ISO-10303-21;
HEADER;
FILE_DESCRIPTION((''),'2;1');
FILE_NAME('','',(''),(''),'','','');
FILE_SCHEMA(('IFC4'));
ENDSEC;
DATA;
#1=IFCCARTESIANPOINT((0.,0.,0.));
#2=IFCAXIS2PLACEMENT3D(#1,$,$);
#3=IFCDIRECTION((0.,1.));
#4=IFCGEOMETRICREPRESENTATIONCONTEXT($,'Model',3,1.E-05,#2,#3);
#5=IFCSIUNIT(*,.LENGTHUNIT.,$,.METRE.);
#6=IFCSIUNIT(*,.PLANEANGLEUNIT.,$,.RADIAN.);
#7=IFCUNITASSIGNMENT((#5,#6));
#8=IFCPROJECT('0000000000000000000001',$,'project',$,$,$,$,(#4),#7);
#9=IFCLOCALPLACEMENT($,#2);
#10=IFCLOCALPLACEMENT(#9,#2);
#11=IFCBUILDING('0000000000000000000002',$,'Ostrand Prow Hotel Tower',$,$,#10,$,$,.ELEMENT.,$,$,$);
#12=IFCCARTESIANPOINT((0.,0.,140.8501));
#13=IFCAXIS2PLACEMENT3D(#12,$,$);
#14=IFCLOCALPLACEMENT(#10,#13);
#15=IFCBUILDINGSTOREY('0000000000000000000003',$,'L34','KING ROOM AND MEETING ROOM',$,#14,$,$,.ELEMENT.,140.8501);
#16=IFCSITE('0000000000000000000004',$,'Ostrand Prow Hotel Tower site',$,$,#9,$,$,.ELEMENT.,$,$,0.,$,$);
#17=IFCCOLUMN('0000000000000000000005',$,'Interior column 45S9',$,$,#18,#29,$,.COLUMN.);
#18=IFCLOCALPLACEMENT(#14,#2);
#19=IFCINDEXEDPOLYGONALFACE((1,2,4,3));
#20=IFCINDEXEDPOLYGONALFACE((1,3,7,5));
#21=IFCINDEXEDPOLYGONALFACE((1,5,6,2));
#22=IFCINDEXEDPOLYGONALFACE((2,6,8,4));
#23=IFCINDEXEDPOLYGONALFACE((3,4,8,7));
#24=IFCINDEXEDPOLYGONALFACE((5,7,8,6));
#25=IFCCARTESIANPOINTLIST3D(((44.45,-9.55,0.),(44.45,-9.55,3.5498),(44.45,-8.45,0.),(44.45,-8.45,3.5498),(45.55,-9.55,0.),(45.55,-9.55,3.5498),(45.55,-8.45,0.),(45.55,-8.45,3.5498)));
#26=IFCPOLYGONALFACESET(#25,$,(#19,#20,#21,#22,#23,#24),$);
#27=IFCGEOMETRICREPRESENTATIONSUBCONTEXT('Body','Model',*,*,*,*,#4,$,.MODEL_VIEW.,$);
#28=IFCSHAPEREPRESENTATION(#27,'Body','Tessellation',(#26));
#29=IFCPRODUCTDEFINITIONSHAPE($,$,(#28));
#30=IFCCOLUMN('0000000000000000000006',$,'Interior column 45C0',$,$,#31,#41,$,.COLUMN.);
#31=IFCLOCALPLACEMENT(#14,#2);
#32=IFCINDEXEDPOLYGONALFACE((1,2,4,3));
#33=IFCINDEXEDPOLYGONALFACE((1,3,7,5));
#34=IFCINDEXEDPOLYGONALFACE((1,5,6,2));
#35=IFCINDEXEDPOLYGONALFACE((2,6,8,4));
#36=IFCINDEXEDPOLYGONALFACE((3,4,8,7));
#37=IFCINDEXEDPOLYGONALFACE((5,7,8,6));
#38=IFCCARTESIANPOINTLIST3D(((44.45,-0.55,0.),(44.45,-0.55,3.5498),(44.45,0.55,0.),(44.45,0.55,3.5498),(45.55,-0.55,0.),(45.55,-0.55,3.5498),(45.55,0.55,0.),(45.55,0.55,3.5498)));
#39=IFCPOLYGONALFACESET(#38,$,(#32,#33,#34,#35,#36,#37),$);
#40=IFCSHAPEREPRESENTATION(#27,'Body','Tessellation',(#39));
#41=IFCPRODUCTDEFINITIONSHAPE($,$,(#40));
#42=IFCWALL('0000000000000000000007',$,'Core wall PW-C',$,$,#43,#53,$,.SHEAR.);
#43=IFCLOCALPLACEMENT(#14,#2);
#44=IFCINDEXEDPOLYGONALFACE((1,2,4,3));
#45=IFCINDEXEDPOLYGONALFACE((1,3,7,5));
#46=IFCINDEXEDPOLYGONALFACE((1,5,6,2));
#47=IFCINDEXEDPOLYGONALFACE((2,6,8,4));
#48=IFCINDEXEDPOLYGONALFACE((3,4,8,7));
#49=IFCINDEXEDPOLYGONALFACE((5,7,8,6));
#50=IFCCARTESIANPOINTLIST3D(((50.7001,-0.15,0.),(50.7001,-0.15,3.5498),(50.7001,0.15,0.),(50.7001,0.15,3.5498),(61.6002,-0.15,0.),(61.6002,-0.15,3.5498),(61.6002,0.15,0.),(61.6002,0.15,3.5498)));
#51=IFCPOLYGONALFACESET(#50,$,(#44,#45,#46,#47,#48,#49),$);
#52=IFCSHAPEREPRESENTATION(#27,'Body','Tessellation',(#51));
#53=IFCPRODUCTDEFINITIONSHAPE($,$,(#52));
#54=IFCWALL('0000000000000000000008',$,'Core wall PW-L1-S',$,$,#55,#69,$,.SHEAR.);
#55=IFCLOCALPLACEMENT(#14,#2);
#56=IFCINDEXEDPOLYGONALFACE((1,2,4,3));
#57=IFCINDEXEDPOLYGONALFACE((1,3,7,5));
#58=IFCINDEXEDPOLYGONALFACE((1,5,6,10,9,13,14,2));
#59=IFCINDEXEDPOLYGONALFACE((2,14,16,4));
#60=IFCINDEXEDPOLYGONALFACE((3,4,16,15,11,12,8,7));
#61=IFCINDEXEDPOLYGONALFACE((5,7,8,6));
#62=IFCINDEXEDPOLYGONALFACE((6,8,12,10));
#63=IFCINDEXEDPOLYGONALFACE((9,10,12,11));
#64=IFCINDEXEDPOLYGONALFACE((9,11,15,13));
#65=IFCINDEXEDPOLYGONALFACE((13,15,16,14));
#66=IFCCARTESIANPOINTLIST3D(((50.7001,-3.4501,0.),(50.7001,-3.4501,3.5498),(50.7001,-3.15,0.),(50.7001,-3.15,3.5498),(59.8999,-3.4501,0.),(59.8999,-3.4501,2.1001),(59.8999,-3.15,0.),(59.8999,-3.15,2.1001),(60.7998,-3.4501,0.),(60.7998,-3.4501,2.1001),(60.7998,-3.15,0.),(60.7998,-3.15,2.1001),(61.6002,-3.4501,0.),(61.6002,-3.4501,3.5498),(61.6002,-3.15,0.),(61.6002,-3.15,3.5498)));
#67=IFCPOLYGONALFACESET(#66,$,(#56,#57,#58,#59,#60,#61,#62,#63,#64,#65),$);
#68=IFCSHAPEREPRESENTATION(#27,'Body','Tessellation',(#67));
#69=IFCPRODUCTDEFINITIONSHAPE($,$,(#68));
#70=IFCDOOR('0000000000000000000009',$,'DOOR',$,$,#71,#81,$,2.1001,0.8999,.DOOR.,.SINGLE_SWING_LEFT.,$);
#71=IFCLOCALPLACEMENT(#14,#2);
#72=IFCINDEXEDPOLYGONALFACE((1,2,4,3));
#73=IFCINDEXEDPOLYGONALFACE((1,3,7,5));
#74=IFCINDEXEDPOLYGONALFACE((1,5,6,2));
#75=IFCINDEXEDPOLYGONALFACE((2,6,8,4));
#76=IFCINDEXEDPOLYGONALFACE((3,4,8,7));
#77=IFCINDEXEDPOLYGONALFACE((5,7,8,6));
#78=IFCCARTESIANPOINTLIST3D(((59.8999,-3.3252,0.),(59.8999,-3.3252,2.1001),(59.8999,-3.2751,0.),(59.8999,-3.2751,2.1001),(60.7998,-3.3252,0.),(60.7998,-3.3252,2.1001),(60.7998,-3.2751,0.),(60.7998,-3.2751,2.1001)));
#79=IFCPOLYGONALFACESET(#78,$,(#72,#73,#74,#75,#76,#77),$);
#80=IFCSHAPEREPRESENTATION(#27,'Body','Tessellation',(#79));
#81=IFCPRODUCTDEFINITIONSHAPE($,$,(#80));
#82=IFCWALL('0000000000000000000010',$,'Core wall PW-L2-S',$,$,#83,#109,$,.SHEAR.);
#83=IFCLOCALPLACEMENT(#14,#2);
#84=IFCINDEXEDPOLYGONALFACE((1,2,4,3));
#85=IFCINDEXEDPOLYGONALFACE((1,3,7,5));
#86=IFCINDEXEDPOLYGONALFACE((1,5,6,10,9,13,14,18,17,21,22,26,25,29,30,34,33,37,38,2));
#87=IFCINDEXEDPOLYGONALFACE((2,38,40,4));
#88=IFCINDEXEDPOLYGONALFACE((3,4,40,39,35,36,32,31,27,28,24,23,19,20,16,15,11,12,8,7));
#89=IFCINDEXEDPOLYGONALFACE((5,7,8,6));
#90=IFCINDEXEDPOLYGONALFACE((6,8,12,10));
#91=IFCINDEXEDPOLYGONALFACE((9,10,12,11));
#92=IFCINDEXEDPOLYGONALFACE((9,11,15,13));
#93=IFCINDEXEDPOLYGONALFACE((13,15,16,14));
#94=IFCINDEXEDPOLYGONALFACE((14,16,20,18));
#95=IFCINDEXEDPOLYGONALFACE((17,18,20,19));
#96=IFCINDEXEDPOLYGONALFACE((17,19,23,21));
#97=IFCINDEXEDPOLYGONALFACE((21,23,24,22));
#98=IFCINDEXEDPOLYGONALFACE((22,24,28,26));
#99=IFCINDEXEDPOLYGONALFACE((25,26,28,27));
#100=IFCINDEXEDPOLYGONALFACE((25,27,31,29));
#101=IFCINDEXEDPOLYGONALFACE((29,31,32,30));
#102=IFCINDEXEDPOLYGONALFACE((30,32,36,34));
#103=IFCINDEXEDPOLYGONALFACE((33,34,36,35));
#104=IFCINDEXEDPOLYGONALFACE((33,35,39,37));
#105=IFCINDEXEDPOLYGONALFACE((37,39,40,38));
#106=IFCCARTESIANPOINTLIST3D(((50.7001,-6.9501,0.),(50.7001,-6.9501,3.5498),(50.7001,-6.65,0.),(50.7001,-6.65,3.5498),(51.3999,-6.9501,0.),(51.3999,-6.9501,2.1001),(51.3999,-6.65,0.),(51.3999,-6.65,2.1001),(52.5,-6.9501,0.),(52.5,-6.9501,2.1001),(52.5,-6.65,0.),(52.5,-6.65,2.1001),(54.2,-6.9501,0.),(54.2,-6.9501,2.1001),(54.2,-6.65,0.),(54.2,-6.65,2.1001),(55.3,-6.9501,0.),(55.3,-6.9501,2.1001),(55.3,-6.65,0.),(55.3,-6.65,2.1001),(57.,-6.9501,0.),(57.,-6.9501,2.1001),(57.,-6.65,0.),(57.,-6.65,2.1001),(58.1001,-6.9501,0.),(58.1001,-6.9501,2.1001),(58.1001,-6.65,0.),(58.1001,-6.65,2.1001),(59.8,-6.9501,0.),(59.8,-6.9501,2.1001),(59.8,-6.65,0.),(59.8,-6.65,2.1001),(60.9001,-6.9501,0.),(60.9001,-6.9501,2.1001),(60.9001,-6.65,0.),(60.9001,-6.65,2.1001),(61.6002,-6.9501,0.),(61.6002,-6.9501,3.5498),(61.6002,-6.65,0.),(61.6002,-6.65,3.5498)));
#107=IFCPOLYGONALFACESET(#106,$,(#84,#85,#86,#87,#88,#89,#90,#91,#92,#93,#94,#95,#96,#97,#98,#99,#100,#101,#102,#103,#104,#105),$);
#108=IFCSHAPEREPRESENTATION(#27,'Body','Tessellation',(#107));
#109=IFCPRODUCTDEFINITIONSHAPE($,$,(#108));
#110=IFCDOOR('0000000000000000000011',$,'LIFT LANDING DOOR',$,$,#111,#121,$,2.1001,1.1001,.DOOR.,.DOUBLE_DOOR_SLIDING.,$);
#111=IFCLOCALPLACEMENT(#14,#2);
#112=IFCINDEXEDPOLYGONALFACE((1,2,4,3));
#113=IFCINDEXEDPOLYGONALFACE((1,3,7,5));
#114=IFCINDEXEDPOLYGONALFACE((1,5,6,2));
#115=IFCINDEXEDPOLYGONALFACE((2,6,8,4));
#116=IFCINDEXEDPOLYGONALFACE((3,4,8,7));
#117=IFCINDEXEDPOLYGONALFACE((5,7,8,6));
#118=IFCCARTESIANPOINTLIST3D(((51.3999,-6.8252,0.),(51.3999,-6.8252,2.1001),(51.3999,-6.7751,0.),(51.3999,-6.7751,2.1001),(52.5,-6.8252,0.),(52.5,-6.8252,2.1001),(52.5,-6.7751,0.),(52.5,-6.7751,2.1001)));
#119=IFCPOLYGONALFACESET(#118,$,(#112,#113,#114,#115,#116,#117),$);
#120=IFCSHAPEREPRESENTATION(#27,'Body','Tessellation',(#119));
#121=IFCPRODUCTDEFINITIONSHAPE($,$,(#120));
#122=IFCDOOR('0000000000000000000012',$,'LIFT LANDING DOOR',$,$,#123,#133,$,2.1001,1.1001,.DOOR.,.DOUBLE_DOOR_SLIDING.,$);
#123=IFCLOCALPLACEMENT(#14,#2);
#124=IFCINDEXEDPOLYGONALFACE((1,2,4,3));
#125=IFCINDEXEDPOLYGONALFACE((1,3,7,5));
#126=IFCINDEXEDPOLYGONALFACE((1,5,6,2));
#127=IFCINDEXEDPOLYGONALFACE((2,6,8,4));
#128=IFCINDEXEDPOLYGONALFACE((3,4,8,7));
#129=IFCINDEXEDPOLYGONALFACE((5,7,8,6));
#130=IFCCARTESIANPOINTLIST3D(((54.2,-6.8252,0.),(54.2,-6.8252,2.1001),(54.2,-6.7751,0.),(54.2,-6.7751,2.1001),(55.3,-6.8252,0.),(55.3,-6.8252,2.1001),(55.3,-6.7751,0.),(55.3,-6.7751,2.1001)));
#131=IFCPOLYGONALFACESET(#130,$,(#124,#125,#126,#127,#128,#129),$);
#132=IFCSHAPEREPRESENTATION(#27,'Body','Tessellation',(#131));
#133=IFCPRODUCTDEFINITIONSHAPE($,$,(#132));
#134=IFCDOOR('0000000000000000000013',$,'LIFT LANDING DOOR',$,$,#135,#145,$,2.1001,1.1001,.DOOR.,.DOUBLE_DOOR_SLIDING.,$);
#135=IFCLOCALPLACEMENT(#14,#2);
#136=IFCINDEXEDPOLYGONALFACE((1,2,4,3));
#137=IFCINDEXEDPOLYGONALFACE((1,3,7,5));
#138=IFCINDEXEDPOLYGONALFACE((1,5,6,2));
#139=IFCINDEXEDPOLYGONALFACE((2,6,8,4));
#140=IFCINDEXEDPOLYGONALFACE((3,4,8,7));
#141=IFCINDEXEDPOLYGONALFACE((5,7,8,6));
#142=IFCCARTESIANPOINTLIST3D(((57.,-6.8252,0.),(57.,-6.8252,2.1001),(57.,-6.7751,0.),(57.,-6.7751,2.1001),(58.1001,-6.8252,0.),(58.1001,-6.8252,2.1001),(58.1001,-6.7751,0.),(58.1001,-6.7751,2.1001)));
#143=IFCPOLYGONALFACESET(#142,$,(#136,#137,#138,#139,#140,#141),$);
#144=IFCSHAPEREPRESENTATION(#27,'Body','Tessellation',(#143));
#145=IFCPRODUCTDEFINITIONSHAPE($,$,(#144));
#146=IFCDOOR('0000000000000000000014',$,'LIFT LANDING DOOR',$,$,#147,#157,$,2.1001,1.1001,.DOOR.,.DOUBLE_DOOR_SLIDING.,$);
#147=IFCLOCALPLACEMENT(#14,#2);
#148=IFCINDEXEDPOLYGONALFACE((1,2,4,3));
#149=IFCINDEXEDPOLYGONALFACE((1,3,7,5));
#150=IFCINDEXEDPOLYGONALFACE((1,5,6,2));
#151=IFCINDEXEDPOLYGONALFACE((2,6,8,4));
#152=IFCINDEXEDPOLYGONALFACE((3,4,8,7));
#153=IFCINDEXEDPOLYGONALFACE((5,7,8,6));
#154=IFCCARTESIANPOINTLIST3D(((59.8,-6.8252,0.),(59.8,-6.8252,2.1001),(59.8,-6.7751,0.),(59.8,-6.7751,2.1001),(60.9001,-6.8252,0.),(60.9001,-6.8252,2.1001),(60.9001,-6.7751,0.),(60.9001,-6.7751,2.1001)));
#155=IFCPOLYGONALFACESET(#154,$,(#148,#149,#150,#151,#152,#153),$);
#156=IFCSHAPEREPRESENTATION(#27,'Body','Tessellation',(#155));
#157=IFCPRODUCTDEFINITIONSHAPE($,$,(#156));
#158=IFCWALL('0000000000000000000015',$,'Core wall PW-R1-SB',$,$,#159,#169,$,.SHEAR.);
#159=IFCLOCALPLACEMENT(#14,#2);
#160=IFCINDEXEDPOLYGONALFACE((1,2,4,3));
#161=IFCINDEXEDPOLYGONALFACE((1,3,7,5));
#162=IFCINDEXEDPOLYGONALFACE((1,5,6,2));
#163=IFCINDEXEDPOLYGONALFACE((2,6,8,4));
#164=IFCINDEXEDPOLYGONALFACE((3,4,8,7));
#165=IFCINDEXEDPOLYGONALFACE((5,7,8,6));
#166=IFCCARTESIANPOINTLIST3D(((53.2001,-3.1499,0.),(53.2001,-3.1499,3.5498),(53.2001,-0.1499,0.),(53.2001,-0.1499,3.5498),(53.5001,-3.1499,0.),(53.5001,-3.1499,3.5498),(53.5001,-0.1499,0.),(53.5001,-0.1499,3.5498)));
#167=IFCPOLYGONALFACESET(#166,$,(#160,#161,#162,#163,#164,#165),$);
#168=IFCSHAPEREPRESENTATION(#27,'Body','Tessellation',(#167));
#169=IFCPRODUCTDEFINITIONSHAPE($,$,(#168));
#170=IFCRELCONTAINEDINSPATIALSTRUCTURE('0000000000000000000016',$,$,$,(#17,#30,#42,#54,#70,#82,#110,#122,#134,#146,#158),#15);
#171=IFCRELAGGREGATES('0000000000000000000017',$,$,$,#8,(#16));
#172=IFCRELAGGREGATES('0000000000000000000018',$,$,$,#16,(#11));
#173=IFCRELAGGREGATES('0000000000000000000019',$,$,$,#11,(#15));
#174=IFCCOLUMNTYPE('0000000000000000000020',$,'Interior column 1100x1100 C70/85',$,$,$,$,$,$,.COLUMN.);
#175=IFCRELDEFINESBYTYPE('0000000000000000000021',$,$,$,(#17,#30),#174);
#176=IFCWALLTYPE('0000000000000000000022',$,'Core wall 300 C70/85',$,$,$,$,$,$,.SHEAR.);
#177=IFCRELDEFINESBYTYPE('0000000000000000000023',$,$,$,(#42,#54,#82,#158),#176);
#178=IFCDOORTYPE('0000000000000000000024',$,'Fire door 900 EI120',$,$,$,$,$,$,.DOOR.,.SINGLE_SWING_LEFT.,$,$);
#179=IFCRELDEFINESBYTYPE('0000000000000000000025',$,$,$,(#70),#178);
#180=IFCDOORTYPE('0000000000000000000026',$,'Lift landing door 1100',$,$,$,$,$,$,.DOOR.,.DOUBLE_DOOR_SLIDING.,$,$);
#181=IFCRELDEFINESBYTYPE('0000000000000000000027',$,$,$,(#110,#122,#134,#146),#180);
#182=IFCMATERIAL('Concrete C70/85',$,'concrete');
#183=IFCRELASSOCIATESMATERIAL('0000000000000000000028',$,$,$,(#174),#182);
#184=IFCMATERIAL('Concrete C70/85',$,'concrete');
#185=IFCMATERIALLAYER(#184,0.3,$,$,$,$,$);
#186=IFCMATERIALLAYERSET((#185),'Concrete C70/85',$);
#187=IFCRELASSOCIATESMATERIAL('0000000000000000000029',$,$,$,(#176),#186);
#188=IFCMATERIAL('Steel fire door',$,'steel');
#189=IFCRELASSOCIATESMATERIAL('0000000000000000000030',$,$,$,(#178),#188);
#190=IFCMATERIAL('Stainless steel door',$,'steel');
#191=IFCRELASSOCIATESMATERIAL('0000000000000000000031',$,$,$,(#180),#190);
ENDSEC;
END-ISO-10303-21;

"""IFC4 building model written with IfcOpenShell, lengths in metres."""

from ifc_helpers import new_model, si_unit, direction, frame, frame_2d, origin, origin_2d, place, context, subcontext, project, spatial, rectangle, extrude, material, layer, layer_set, material_profile, profile_set, type_object, element, fill, save


model = new_model("IFC4")

# Units and contexts
model_context = context("Model", 3, precision=1e-05, world=origin(), true_north=direction((0.0, 1.0)))
body_context = subcontext(model_context, "Body", "Model", "MODEL_VIEW")
ifc_project = project(units=[si_unit("LENGTHUNIT", "METRE"), si_unit("PLANEANGLEUNIT", "RADIAN")], contexts=[model_context])

# Site, building, storey
site_placement = place(None, origin())
site = spatial("IfcSite", under=ifc_project, at=site_placement, Name="Ostrand Prow Hotel Tower site", CompositionType="ELEMENT", RefElevation=0.0)
building_placement = place(site_placement, origin())
building = spatial("IfcBuilding", under=site, at=building_placement, Name="Ostrand Prow Hotel Tower", CompositionType="ELEMENT")
storey_placement = place(building_placement, frame((0.0, 0.0, 140.8501)))
storey = spatial("IfcBuildingStorey", under=building, at=storey_placement, Name="L34", Description="KING ROOM AND MEETING ROOM", CompositionType="ELEMENT", Elevation=140.8501)

# Columns
ifc_material_1 = material(Name="Concrete C70/85", Category="concrete")
ifc_material_profile = material_profile(ifc_material_1, rectangle(XDim=1.1001, YDim=1.1001, at=origin_2d()), Name="RC 1100x1100")
ifc_profile_set = profile_set([ifc_material_profile], Name="Concrete C70/85")
column_type = type_object("IfcColumnType", Name="Interior column 1100x1100 C70/85", PredefinedType="COLUMN", material=ifc_profile_set)
for number, where, z_axis, x_axis, name in (
    (1, (45.0, -9.0, 0.0), (0.0, 0.0, 1.0), (1.0, 0.0, 0.0), "Interior column 45S9"),
    (2, (45.0, 0.0, 0.0), (0.0, 0.0, 1.0), (1.0, 0.0, 0.0), "Interior column 45C0"),
):
    element("IfcColumn", number, at=place(storey_placement, frame(where, z_axis=z_axis, x_axis=x_axis)), inside=storey, type_object=column_type, Name=name, PredefinedType="COLUMN", context=body_context, shape_type="SweptSolid", body=[
        extrude(rectangle(XDim=1.1001, YDim=1.1001, at=origin_2d()), origin(), (0.0, 0.0, 1.0), 3.5498),
    ])

# Wall
ifc_material_2 = material(Name="Concrete C70/85", Category="concrete")
ifc_layer_1 = layer(ifc_material_2, 0.3)
ifc_layer_set_1 = layer_set([ifc_layer_1], Name="Concrete C70/85")
wall_type_1 = type_object("IfcWallType", Name="Core wall 300 C70/85", PredefinedType="SHEAR", material=ifc_layer_set_1)
wall_1_placement = place(storey_placement, frame((50.7, 0.0, 0.0), z_axis=(0.0, 0.0, 1.0), x_axis=(1.0, 0.0, 0.0)))
element("IfcWall", 3, at=wall_1_placement, inside=storey, type_object=wall_type_1, Name="Core wall PW-C", PredefinedType="SHEAR", context=body_context, shape_type="SweptSolid", body=[
    extrude(rectangle(XDim=10.9001, YDim=0.3, at=frame_2d((5.4502, 0.0))), origin(), (0.0, 0.0, 1.0), 3.5498),
])

# Wall, opening, door
wall_2_placement = place(storey_placement, frame((50.7, -3.3, 0.0), z_axis=(0.0, 0.0, 1.0), x_axis=(1.0, 0.0, 0.0)))
wall_2 = element("IfcWall", 4, at=wall_2_placement, inside=storey, type_object=wall_type_1, Name="Core wall PW-L1-S", PredefinedType="SHEAR", context=body_context, shape_type="SweptSolid", body=[
    extrude(rectangle(XDim=10.9001, YDim=0.3, at=frame_2d((5.4502, 0.0))), origin(), (0.0, 0.0, 1.0), 3.5498),
])
opening_1_placement = place(wall_2_placement, frame((9.2, 0.0, 0.0)))
opening_1 = element("IfcOpeningElement", 5, at=opening_1_placement, cuts=wall_2, PredefinedType="OPENING", context=body_context, shape_type="SweptSolid", body=[
    extrude(rectangle(XDim=0.8999, YDim=2.1001, at=frame_2d((0.45, 1.05))), frame((0.0, 0.1599, 0.0), z_axis=(0.0, -1.0, 0.0), x_axis=(1.0, 0.0, 0.0)), (0.0, 0.0, 1.0), 0.3201),
])
ifc_material_3 = material(Name="Steel fire door", Category="steel")
door_type_1 = type_object("IfcDoorType", Name="Fire door 900 EI120", OperationType="SINGLE_SWING_LEFT", PredefinedType="DOOR", material=ifc_material_3)
door_1_placement = place(opening_1_placement, origin())
door_1 = element("IfcDoor", 6, at=door_1_placement, inside=storey, type_object=door_type_1, Name="DOOR", OperationType="SINGLE_SWING_LEFT", OverallHeight=2.1001, OverallWidth=0.8999, PredefinedType="DOOR", context=body_context, shape_type="SweptSolid", body=[
    extrude(rectangle(XDim=0.8999, YDim=2.1001, at=frame_2d((0.45, 1.05))), frame((0.0, 0.0249, 0.0), z_axis=(0.0, -1.0, 0.0), x_axis=(1.0, 0.0, 0.0)), (0.0, 0.0, 1.0), 0.05),
])
fill(opening_1, door_1)

# Wall, openings, doors
wall_3_placement = place(storey_placement, frame((50.7, -6.8, 0.0), z_axis=(0.0, 0.0, 1.0), x_axis=(1.0, 0.0, 0.0)))
wall_3 = element("IfcWall", 7, at=wall_3_placement, inside=storey, type_object=wall_type_1, Name="Core wall PW-L2-S", PredefinedType="SHEAR", context=body_context, shape_type="SweptSolid", body=[
    extrude(rectangle(XDim=10.9001, YDim=0.3, at=frame_2d((5.4502, 0.0))), origin(), (0.0, 0.0, 1.0), 3.5498),
])
opening_2_placement = place(wall_3_placement, frame((0.7, 0.0, 0.0)))
opening_2 = element("IfcOpeningElement", 8, at=opening_2_placement, cuts=wall_3, PredefinedType="OPENING", context=body_context, shape_type="SweptSolid", body=[
    extrude(rectangle(XDim=1.1001, YDim=2.1001, at=frame_2d((0.55, 1.05))), frame((0.0, 0.1599, 0.0), z_axis=(0.0, -1.0, 0.0), x_axis=(1.0, 0.0, 0.0)), (0.0, 0.0, 1.0), 0.3201),
])
opening_3_placement = place(wall_3_placement, frame((3.5, 0.0, 0.0)))
opening_3 = element("IfcOpeningElement", 9, at=opening_3_placement, cuts=wall_3, PredefinedType="OPENING", context=body_context, shape_type="SweptSolid", body=[
    extrude(rectangle(XDim=1.1001, YDim=2.1001, at=frame_2d((0.55, 1.05))), frame((0.0, 0.1599, 0.0), z_axis=(0.0, -1.0, 0.0), x_axis=(1.0, 0.0, 0.0)), (0.0, 0.0, 1.0), 0.3201),
])
opening_4_placement = place(wall_3_placement, frame((6.3, 0.0, 0.0)))
opening_4 = element("IfcOpeningElement", 10, at=opening_4_placement, cuts=wall_3, PredefinedType="OPENING", context=body_context, shape_type="SweptSolid", body=[
    extrude(rectangle(XDim=1.1001, YDim=2.1001, at=frame_2d((0.55, 1.05))), frame((0.0, 0.1599, 0.0), z_axis=(0.0, -1.0, 0.0), x_axis=(1.0, 0.0, 0.0)), (0.0, 0.0, 1.0), 0.3201),
])
opening_5_placement = place(wall_3_placement, frame((9.1001, 0.0, 0.0)))
opening_5 = element("IfcOpeningElement", 11, at=opening_5_placement, cuts=wall_3, PredefinedType="OPENING", context=body_context, shape_type="SweptSolid", body=[
    extrude(rectangle(XDim=1.1001, YDim=2.1001, at=frame_2d((0.55, 1.05))), frame((0.0, 0.1599, 0.0), z_axis=(0.0, -1.0, 0.0), x_axis=(1.0, 0.0, 0.0)), (0.0, 0.0, 1.0), 0.3201),
])
ifc_material_4 = material(Name="Stainless steel door", Category="steel")
door_type_2 = type_object("IfcDoorType", Name="Lift landing door 1100", OperationType="DOUBLE_DOOR_SLIDING", PredefinedType="DOOR", material=ifc_material_4)
door_2_placement = place(opening_2_placement, origin())
door_2 = element("IfcDoor", 12, at=door_2_placement, inside=storey, type_object=door_type_2, Name="LIFT LANDING DOOR", OperationType="DOUBLE_DOOR_SLIDING", OverallHeight=2.1001, OverallWidth=1.1001, PredefinedType="DOOR", context=body_context, shape_type="SweptSolid", body=[
    extrude(rectangle(XDim=1.1001, YDim=2.1001, at=frame_2d((0.55, 1.05))), frame((0.0, 0.0249, 0.0), z_axis=(0.0, -1.0, 0.0), x_axis=(1.0, 0.0, 0.0)), (0.0, 0.0, 1.0), 0.05),
])
fill(opening_2, door_2)
door_3_placement = place(opening_3_placement, origin())
door_3 = element("IfcDoor", 13, at=door_3_placement, inside=storey, type_object=door_type_2, Name="LIFT LANDING DOOR", OperationType="DOUBLE_DOOR_SLIDING", OverallHeight=2.1001, OverallWidth=1.1001, PredefinedType="DOOR", context=body_context, shape_type="SweptSolid", body=[
    extrude(rectangle(XDim=1.1001, YDim=2.1001, at=frame_2d((0.55, 1.05))), frame((0.0, 0.0249, 0.0), z_axis=(0.0, -1.0, 0.0), x_axis=(1.0, 0.0, 0.0)), (0.0, 0.0, 1.0), 0.05),
])
fill(opening_3, door_3)
door_4_placement = place(opening_4_placement, origin())
door_4 = element("IfcDoor", 14, at=door_4_placement, inside=storey, type_object=door_type_2, Name="LIFT LANDING DOOR", OperationType="DOUBLE_DOOR_SLIDING", OverallHeight=2.1001, OverallWidth=1.1001, PredefinedType="DOOR", context=body_context, shape_type="SweptSolid", body=[
    extrude(rectangle(XDim=1.1001, YDim=2.1001, at=frame_2d((0.55, 1.05))), frame((0.0, 0.0249, 0.0), z_axis=(0.0, -1.0, 0.0), x_axis=(1.0, 0.0, 0.0)), (0.0, 0.0, 1.0), 0.05),
])
fill(opening_4, door_4)
door_5_placement = place(opening_5_placement, origin())
door_5 = element("IfcDoor", 15, at=door_5_placement, inside=storey, type_object=door_type_2, Name="LIFT LANDING DOOR", OperationType="DOUBLE_DOOR_SLIDING", OverallHeight=2.1001, OverallWidth=1.1001, PredefinedType="DOOR", context=body_context, shape_type="SweptSolid", body=[
    extrude(rectangle(XDim=1.1001, YDim=2.1001, at=frame_2d((0.55, 1.05))), frame((0.0, 0.0249, 0.0), z_axis=(0.0, -1.0, 0.0), x_axis=(1.0, 0.0, 0.0)), (0.0, 0.0, 1.0), 0.05),
])
fill(opening_5, door_5)

# Wall
for number, where, z_axis, x_axis, name in (
    (16, (53.3501, -3.1499, 0.0), (0.0, 0.0, 1.0), (0.0, 1.0, 0.0), "Core wall PW-R1-SB"),
):
    element("IfcWall", number, at=place(storey_placement, frame(where, z_axis=z_axis, x_axis=x_axis)), inside=storey, type_object=wall_type_1, Name=name, PredefinedType="SHEAR", context=body_context, shape_type="SweptSolid", body=[
        extrude(rectangle(XDim=3.0, YDim=0.3, at=frame_2d((1.5, 0.0))), origin(), (0.0, 0.0, 1.0), 3.5498),
    ])

save(model, "model.ifc")
